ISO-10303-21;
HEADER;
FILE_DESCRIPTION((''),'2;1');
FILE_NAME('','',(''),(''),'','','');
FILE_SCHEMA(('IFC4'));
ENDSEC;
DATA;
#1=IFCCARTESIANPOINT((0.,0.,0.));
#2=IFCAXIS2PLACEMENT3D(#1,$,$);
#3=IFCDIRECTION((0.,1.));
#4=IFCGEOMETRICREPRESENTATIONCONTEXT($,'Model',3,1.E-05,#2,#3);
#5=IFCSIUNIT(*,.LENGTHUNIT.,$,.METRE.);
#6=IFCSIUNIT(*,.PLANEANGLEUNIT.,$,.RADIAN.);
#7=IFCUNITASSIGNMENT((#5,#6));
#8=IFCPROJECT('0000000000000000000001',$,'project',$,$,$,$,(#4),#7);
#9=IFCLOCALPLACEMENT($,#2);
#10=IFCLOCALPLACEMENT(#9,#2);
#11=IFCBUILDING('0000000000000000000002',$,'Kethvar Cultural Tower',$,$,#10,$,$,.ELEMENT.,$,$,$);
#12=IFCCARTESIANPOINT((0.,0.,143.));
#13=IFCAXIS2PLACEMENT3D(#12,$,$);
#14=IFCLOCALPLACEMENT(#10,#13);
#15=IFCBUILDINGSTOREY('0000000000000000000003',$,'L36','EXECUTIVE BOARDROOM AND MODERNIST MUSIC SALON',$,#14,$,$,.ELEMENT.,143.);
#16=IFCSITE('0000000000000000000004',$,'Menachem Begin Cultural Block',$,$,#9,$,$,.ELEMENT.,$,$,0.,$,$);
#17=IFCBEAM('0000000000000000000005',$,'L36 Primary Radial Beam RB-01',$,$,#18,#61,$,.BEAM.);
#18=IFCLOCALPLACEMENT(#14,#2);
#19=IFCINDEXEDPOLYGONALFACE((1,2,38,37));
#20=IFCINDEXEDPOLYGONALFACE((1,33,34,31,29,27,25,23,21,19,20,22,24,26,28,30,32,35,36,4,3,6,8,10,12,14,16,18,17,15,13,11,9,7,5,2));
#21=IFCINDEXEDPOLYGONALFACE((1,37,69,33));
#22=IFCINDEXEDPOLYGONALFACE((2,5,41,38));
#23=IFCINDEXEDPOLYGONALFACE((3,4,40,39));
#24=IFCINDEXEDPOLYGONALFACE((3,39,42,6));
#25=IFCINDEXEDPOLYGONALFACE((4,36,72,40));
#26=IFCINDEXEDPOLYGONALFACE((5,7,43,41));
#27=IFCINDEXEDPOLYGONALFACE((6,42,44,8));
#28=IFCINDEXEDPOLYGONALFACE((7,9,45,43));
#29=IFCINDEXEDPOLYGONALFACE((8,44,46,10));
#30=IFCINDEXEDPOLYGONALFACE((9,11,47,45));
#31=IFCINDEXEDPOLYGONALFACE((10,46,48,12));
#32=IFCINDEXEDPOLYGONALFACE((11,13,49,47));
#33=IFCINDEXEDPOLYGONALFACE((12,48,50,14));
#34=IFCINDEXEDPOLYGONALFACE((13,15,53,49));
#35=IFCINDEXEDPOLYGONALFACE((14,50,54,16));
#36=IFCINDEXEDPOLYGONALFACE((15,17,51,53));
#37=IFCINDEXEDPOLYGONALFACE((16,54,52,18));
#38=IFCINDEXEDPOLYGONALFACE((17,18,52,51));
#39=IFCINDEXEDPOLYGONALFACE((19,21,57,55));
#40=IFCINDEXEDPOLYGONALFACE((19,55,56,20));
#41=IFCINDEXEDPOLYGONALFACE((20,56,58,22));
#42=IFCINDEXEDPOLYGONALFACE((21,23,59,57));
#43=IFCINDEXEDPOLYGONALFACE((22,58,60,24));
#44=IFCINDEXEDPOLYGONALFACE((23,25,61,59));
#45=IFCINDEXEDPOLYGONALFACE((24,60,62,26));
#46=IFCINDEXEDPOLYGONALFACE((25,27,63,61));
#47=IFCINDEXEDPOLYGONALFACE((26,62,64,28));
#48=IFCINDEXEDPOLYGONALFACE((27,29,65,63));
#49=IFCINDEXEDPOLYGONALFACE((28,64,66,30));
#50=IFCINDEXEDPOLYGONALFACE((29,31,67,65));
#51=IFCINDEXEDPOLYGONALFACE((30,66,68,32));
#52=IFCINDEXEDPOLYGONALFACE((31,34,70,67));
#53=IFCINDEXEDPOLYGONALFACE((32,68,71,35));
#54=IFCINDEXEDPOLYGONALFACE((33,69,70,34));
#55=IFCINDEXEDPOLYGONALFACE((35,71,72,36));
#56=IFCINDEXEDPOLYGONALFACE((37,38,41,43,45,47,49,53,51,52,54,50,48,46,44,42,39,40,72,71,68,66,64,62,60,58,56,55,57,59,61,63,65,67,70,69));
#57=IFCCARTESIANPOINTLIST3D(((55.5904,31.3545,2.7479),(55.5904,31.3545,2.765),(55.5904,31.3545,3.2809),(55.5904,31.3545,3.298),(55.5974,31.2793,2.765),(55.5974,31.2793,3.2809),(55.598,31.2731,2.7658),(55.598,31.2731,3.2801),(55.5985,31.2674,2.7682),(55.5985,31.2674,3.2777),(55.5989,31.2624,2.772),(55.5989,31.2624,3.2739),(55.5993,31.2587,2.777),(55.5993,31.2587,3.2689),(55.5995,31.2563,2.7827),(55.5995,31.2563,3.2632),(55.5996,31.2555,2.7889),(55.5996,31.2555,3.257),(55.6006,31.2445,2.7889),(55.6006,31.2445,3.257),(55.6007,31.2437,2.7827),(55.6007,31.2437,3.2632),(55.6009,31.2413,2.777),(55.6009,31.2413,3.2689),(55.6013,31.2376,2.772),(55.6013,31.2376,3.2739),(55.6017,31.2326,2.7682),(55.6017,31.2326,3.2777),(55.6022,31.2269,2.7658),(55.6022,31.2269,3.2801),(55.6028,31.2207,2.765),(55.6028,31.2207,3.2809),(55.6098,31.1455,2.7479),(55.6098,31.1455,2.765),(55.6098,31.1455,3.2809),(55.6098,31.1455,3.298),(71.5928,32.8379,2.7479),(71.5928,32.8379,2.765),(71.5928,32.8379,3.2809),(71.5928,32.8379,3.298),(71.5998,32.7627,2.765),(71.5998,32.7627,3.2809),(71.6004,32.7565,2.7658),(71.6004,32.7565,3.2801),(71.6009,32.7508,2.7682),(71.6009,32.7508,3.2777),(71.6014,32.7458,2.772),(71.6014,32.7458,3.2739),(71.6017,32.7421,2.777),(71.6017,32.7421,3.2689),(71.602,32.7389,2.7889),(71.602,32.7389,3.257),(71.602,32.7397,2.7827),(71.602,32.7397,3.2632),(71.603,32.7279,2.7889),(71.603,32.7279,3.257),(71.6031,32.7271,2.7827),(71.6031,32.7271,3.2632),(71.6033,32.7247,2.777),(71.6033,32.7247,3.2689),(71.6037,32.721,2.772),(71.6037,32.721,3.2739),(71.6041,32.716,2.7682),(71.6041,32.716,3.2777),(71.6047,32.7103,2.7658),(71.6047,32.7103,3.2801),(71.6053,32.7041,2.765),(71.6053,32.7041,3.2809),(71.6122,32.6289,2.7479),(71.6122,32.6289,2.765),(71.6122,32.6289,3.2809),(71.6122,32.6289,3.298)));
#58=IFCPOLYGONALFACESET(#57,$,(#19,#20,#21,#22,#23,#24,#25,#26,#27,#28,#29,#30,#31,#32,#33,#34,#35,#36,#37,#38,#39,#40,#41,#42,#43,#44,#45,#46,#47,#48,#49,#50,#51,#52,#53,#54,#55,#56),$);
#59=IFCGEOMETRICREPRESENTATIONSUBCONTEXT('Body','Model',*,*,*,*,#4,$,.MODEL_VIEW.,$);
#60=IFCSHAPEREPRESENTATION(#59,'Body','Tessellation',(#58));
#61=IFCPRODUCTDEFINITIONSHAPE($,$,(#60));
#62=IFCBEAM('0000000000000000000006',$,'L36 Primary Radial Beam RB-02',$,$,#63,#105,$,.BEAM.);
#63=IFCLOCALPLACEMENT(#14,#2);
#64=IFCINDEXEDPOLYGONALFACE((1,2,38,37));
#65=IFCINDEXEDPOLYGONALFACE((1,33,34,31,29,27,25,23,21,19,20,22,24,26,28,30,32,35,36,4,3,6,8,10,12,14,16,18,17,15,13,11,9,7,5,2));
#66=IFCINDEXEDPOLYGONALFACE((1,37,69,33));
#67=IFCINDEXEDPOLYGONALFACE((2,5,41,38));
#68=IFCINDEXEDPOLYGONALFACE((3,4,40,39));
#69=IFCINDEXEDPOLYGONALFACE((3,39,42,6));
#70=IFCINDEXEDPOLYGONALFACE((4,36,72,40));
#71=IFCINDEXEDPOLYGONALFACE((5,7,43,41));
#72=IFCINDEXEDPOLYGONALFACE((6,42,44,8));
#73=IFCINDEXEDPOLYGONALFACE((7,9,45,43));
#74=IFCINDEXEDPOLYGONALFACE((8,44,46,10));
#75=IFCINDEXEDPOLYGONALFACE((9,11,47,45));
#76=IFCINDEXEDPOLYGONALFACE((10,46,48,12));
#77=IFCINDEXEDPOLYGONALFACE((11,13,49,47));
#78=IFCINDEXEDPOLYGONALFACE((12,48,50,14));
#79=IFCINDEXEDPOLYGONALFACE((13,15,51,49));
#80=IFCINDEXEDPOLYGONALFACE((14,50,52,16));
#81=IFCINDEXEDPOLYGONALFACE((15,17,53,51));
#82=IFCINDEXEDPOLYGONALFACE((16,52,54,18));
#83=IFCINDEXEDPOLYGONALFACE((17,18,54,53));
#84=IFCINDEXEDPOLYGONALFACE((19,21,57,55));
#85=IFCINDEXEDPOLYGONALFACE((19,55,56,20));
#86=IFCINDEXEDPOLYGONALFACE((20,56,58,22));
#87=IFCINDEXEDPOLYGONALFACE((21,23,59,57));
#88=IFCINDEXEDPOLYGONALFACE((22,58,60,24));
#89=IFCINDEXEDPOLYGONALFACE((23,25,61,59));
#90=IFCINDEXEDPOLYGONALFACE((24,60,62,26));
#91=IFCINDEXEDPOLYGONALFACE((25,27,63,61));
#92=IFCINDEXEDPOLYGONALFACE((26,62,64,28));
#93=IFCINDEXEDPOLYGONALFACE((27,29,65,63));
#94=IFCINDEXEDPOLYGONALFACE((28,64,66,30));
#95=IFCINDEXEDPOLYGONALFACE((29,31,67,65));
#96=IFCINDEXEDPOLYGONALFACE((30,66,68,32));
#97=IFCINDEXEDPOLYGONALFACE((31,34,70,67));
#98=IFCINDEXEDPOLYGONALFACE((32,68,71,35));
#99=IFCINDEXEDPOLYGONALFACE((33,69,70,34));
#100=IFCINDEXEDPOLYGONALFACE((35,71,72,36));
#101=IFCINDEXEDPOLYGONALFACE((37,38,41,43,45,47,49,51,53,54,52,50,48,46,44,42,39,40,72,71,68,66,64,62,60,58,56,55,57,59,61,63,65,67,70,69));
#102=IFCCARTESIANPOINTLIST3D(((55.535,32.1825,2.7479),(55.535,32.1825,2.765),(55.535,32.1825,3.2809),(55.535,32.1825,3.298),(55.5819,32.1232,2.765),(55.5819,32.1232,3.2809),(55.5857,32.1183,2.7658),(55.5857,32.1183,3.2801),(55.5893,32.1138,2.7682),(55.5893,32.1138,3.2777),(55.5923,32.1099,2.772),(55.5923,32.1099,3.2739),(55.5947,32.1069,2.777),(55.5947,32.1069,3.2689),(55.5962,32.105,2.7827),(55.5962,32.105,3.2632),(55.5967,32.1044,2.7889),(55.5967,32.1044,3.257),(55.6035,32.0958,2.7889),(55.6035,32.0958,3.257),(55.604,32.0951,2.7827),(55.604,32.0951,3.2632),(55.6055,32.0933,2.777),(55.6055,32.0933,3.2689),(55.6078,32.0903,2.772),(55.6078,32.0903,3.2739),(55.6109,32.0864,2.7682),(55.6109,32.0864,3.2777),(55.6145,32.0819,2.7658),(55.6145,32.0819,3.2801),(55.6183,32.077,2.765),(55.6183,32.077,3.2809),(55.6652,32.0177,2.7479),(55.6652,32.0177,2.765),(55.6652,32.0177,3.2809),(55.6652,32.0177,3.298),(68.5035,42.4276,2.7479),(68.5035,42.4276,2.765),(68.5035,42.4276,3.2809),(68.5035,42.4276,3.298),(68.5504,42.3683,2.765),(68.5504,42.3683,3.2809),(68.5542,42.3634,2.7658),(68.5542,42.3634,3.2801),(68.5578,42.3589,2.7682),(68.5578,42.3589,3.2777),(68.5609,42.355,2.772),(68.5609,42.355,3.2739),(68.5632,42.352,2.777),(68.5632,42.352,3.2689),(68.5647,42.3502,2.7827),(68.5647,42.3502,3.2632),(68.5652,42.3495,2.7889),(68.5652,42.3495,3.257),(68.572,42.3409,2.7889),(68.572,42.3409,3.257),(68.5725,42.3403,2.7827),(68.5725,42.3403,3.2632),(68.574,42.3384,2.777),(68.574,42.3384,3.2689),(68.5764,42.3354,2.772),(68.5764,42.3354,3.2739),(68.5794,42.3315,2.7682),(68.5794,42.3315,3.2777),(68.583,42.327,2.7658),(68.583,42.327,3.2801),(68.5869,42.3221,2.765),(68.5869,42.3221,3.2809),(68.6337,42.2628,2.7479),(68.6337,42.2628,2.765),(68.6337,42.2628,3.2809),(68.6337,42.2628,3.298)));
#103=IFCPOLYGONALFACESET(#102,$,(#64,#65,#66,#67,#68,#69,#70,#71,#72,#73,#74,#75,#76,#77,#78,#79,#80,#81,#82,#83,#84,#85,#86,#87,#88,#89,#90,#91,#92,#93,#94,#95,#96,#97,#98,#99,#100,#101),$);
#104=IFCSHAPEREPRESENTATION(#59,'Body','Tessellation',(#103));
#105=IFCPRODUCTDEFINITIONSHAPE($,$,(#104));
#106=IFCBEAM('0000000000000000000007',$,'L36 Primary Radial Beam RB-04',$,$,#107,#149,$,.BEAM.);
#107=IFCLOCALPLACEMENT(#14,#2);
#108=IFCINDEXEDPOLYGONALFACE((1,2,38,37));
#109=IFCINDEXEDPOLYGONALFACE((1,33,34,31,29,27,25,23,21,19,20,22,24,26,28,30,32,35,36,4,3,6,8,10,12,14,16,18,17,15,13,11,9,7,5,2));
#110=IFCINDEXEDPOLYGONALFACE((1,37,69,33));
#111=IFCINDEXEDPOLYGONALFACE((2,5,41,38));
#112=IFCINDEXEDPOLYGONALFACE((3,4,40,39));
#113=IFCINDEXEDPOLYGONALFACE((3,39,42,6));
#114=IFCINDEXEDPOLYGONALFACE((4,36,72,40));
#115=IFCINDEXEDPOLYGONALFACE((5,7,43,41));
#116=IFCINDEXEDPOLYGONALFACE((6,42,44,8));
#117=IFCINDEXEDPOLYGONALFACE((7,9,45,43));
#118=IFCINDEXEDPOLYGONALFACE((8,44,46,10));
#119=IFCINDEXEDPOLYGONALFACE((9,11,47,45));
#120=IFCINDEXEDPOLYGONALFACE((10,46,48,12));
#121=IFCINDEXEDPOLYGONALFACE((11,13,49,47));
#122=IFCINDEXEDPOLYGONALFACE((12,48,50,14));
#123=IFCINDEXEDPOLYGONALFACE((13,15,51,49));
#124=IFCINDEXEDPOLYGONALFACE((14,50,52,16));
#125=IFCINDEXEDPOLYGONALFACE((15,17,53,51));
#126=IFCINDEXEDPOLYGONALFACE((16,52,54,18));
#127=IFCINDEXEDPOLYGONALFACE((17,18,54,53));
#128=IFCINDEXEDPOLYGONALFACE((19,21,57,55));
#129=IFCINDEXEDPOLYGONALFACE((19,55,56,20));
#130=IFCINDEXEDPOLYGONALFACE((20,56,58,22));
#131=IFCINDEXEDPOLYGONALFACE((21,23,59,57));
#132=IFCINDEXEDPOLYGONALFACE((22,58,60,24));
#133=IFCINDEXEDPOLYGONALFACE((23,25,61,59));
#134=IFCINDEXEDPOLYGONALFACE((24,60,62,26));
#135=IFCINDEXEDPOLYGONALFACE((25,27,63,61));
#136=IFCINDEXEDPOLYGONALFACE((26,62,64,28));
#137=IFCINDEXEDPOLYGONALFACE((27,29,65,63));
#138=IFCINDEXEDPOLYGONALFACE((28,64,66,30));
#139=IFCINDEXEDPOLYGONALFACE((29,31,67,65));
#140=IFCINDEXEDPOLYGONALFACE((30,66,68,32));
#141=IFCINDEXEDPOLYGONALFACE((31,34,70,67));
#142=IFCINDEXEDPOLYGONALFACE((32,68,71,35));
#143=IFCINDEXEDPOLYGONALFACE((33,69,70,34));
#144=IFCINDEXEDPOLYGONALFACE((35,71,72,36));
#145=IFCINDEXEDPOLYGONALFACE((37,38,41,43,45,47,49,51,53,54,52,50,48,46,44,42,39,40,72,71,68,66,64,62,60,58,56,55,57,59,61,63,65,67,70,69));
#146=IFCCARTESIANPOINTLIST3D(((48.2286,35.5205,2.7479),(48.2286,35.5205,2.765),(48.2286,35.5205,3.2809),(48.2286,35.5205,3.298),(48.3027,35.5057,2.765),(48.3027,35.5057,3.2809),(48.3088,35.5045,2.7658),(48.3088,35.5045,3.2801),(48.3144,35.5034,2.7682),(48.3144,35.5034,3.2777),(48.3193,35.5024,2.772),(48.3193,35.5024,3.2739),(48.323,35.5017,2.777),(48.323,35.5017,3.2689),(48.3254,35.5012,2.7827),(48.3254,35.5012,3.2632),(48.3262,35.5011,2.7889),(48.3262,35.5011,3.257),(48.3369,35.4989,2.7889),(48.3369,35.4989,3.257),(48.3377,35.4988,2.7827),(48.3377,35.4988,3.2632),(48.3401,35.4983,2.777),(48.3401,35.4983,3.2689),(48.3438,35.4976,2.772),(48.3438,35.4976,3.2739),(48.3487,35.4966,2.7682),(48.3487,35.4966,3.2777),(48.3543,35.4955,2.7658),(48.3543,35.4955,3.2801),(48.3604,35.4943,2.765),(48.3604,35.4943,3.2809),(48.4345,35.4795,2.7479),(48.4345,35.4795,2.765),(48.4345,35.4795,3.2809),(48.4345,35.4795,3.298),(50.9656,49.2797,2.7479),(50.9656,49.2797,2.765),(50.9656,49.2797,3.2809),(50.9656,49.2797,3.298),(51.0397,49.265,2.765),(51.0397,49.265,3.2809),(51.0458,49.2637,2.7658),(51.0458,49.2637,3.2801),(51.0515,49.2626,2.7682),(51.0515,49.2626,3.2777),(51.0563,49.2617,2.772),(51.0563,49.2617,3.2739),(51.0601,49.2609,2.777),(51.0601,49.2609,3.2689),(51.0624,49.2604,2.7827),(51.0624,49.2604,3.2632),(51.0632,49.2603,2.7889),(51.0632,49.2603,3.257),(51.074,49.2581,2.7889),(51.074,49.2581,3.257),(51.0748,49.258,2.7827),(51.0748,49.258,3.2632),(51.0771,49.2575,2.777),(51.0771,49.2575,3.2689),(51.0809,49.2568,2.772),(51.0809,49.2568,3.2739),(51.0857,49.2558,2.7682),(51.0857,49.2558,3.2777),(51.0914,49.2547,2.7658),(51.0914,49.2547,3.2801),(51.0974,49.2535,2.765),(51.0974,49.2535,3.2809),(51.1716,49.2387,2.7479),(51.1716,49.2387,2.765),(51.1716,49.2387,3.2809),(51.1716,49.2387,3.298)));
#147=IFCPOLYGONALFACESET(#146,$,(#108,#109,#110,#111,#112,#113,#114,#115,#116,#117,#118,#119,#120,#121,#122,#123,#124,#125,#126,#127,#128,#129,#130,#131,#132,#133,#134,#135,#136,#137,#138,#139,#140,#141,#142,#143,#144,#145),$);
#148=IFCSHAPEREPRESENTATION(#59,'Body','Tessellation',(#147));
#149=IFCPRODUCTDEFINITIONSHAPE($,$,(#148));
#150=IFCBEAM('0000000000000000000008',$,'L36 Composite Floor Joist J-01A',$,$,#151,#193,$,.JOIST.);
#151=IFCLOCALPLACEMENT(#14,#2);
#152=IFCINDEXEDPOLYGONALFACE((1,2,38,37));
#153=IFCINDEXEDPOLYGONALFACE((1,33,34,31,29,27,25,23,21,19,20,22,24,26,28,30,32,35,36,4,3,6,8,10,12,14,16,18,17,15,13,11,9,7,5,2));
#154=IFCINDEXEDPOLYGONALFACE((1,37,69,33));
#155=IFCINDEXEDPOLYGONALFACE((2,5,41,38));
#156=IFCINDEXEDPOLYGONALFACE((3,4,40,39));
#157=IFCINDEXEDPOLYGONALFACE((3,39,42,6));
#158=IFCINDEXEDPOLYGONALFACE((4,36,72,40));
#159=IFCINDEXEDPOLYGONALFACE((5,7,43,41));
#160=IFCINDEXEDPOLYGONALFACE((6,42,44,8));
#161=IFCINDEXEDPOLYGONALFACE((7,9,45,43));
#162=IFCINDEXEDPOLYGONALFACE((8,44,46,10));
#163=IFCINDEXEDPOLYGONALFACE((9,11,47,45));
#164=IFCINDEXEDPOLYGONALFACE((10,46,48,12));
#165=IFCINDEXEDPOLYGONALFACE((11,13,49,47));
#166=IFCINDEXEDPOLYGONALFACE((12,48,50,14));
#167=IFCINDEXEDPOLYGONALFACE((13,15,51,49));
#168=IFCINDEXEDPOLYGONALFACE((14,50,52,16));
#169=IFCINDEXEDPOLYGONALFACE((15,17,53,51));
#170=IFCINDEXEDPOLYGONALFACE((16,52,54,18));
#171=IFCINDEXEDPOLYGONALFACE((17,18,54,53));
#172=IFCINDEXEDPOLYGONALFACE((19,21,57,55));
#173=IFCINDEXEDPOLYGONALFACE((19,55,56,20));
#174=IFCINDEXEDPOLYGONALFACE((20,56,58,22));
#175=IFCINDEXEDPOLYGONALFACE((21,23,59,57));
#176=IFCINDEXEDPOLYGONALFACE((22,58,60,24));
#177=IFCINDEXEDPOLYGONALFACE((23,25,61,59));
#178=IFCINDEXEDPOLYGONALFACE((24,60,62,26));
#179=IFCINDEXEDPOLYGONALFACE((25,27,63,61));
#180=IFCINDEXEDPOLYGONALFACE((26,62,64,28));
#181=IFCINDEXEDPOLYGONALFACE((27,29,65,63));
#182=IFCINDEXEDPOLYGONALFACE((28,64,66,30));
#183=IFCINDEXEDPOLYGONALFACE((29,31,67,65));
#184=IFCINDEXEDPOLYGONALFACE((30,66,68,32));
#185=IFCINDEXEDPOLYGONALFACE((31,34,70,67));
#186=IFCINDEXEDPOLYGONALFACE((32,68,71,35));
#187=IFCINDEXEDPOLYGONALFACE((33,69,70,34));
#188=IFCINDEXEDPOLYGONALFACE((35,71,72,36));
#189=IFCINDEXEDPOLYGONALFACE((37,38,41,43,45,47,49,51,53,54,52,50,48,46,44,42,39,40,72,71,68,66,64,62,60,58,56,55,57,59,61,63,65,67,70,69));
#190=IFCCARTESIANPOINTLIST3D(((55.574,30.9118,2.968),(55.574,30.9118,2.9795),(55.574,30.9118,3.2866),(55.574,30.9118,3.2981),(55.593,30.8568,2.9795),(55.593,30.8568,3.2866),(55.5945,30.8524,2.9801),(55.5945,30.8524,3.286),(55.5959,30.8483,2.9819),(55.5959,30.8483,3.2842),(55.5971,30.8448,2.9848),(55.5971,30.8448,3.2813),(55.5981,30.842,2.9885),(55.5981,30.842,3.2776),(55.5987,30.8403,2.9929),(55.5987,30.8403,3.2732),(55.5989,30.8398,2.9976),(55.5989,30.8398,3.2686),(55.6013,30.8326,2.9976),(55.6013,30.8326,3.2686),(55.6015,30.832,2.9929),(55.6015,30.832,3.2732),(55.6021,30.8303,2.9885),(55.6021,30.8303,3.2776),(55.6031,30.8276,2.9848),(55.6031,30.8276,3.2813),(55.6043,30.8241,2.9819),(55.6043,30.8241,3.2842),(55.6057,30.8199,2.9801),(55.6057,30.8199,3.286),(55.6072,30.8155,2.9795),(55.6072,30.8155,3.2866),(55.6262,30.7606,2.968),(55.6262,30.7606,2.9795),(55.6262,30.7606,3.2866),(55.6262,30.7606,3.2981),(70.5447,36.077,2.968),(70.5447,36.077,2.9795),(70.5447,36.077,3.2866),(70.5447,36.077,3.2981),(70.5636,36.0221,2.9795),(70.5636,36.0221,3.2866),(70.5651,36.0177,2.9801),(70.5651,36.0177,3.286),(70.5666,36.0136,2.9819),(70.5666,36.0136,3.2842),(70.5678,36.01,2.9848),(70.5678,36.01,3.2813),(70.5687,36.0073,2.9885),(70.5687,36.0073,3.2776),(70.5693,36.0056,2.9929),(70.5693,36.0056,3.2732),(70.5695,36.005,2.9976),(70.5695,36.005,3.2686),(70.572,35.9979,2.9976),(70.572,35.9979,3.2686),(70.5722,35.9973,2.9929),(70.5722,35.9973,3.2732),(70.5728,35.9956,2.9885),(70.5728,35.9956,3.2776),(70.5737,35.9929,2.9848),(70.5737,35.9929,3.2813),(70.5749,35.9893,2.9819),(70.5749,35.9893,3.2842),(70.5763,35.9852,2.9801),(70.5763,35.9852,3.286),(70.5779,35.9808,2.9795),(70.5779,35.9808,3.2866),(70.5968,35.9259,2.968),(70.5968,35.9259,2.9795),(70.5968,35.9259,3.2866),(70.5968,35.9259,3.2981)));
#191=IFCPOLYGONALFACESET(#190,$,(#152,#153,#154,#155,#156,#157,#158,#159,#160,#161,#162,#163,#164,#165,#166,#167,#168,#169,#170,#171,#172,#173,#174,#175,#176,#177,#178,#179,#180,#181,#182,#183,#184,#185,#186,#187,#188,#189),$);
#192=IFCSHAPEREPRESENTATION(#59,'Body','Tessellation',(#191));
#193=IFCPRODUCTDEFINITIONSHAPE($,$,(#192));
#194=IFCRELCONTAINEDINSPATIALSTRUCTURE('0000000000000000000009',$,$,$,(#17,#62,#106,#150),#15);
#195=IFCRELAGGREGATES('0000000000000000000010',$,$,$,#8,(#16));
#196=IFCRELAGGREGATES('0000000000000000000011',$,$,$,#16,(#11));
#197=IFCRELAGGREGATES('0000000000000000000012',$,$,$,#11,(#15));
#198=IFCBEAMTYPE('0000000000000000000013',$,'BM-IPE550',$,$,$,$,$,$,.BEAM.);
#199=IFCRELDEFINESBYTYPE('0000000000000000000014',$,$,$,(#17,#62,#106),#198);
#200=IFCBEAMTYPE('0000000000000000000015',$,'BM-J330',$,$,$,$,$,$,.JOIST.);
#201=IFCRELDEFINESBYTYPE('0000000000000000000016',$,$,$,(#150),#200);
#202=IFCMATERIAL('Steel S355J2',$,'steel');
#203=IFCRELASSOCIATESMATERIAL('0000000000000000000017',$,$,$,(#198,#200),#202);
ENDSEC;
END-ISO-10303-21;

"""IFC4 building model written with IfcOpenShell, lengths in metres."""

from ifc_helpers import new_model, si_unit, direction, frame, origin, origin_2d, place, context, subcontext, project, spatial, i_section, extrude, source, transform, mapped, material, material_profile, profile_set, type_object, element, save


model = new_model("IFC4")

# Units and contexts
model_context = context("Model", 3, precision=1e-05, world=origin(), true_north=direction((0.0, 1.0)))
body_context = subcontext(model_context, "Body", "Model", "MODEL_VIEW")
ifc_project = project(units=[si_unit("LENGTHUNIT", "METRE"), si_unit("PLANEANGLEUNIT", "RADIAN")], contexts=[model_context])

# Site, building, storey
site_placement = place(None, origin())
site = spatial("IfcSite", under=ifc_project, at=site_placement, Name="Menachem Begin Cultural Block", CompositionType="ELEMENT", RefElevation=0.0)
building_placement = place(site_placement, origin())
building = spatial("IfcBuilding", under=site, at=building_placement, Name="Kethvar Cultural Tower", CompositionType="ELEMENT")
storey_placement = place(building_placement, frame((0.0, 0.0, 143.0)))
storey = spatial("IfcBuildingStorey", under=building, at=storey_placement, Name="L36", Description="EXECUTIVE BOARDROOM AND MODERNIST MUSIC SALON", CompositionType="ELEMENT", Elevation=143.0)

# Beams
ifc_material_1 = material(Name="Steel S355J2", Category="steel")
ifc_material_profile_1 = material_profile(ifc_material_1, i_section(OverallWidth=0.21, OverallDepth=0.55, WebThickness=0.011, FlangeThickness=0.0171, FilletRadius=0.0239, at=origin_2d()), Name="Steel S355J2 — IPE550")
ifc_profile_set_1 = profile_set([ifc_material_profile_1], Name="Steel S355J2 — IPE550")
beam_type_1 = type_object("IfcBeamType", Name="BM-IPE550", PredefinedType="BEAM", material=ifc_profile_set_1)
shared_shape_1 = source(origin(), body_context, "Body", "SweptSolid", [
    extrude(i_section(OverallWidth=0.21, OverallDepth=0.55, WebThickness=0.011, FlangeThickness=0.0171, FilletRadius=0.0239, at=origin_2d()), origin(), (0.0, 0.0, 1.0), 16.071),
])
beam_1_placement = place(storey_placement, frame((55.6001, 31.25, 3.0229), z_axis=(0.995731, 0.092303, 0.0), x_axis=(-0.092303, 0.995731, 0.0)))
element("IfcBeam", 1, at=beam_1_placement, inside=storey, type_object=beam_type_1, Name="L36 Primary Radial Beam RB-01", PredefinedType="BEAM", context=body_context, shape_type="MappedRepresentation", body=[
    mapped(shared_shape_1, transform((0.0, 0.0, 0.0), scale=1.0)),
])
shared_shape_2 = source(origin(), body_context, "Body", "SweptSolid", [
    extrude(i_section(OverallWidth=0.21, OverallDepth=0.55, WebThickness=0.011, FlangeThickness=0.0171, FilletRadius=0.0239, at=origin_2d()), origin(), (0.0, 0.0, 1.0), 16.5271),
])
beam_2_placement = place(storey_placement, frame((55.6001, 32.1001, 3.0229), z_axis=(0.784682, 0.619899, 0.0), x_axis=(-0.619899, 0.784682, 0.0)))
element("IfcBeam", 2, at=beam_2_placement, inside=storey, type_object=beam_type_1, Name="L36 Primary Radial Beam RB-02", PredefinedType="BEAM", context=body_context, shape_type="MappedRepresentation", body=[
    mapped(shared_shape_2, transform((0.0, 0.0, 0.0), scale=1.0)),
])
shared_shape_3 = source(origin(), body_context, "Body", "SweptSolid", [
    extrude(i_section(OverallWidth=0.21, OverallDepth=0.55, WebThickness=0.011, FlangeThickness=0.0171, FilletRadius=0.0239, at=origin_2d()), origin(), (0.0, 0.0, 1.0), 14.0288),
])
beam_3_placement = place(storey_placement, frame((48.3315, 35.5, 3.0229), z_axis=(0.195102, 0.980783, 0.0), x_axis=(-0.980783, 0.195102, 0.0)))
element("IfcBeam", 3, at=beam_3_placement, inside=storey, type_object=beam_type_1, Name="L36 Primary Radial Beam RB-04", PredefinedType="BEAM", context=body_context, shape_type="MappedRepresentation", body=[
    mapped(shared_shape_3, transform((0.0, 0.0, 0.0), scale=1.0)),
])
ifc_material_profile_2 = material_profile(ifc_material_1, i_section(OverallWidth=0.1599, OverallDepth=0.3301, WebThickness=0.0076, FlangeThickness=0.0115, FilletRadius=0.0181, at=origin_2d()), Name="Steel S355J2 — IPE330")
ifc_profile_set_2 = profile_set([ifc_material_profile_2], Name="Steel S355J2 — IPE330")
beam_type_2 = type_object("IfcBeamType", Name="BM-J330", PredefinedType="JOIST", material=ifc_profile_set_2)
shared_shape_4 = source(origin(), body_context, "Body", "SweptSolid", [
    extrude(i_section(OverallWidth=0.1599, OverallDepth=0.3301, WebThickness=0.0076, FlangeThickness=0.0115, FilletRadius=0.0181, at=origin_2d()), origin(), (0.0, 0.0, 1.0), 15.8367),
])
beam_4_placement = place(storey_placement, frame((55.6001, 30.8362, 3.1331), z_axis=(0.945315, 0.326158, 0.0), x_axis=(-0.326158, 0.945315, 0.0)))
element("IfcBeam", 4, at=beam_4_placement, inside=storey, type_object=beam_type_2, Name="L36 Composite Floor Joist J-01A", PredefinedType="JOIST", context=body_context, shape_type="MappedRepresentation", body=[
    mapped(shared_shape_4, transform((0.0, 0.0, 0.0), scale=1.0)),
])

save(model, "model.ifc")
